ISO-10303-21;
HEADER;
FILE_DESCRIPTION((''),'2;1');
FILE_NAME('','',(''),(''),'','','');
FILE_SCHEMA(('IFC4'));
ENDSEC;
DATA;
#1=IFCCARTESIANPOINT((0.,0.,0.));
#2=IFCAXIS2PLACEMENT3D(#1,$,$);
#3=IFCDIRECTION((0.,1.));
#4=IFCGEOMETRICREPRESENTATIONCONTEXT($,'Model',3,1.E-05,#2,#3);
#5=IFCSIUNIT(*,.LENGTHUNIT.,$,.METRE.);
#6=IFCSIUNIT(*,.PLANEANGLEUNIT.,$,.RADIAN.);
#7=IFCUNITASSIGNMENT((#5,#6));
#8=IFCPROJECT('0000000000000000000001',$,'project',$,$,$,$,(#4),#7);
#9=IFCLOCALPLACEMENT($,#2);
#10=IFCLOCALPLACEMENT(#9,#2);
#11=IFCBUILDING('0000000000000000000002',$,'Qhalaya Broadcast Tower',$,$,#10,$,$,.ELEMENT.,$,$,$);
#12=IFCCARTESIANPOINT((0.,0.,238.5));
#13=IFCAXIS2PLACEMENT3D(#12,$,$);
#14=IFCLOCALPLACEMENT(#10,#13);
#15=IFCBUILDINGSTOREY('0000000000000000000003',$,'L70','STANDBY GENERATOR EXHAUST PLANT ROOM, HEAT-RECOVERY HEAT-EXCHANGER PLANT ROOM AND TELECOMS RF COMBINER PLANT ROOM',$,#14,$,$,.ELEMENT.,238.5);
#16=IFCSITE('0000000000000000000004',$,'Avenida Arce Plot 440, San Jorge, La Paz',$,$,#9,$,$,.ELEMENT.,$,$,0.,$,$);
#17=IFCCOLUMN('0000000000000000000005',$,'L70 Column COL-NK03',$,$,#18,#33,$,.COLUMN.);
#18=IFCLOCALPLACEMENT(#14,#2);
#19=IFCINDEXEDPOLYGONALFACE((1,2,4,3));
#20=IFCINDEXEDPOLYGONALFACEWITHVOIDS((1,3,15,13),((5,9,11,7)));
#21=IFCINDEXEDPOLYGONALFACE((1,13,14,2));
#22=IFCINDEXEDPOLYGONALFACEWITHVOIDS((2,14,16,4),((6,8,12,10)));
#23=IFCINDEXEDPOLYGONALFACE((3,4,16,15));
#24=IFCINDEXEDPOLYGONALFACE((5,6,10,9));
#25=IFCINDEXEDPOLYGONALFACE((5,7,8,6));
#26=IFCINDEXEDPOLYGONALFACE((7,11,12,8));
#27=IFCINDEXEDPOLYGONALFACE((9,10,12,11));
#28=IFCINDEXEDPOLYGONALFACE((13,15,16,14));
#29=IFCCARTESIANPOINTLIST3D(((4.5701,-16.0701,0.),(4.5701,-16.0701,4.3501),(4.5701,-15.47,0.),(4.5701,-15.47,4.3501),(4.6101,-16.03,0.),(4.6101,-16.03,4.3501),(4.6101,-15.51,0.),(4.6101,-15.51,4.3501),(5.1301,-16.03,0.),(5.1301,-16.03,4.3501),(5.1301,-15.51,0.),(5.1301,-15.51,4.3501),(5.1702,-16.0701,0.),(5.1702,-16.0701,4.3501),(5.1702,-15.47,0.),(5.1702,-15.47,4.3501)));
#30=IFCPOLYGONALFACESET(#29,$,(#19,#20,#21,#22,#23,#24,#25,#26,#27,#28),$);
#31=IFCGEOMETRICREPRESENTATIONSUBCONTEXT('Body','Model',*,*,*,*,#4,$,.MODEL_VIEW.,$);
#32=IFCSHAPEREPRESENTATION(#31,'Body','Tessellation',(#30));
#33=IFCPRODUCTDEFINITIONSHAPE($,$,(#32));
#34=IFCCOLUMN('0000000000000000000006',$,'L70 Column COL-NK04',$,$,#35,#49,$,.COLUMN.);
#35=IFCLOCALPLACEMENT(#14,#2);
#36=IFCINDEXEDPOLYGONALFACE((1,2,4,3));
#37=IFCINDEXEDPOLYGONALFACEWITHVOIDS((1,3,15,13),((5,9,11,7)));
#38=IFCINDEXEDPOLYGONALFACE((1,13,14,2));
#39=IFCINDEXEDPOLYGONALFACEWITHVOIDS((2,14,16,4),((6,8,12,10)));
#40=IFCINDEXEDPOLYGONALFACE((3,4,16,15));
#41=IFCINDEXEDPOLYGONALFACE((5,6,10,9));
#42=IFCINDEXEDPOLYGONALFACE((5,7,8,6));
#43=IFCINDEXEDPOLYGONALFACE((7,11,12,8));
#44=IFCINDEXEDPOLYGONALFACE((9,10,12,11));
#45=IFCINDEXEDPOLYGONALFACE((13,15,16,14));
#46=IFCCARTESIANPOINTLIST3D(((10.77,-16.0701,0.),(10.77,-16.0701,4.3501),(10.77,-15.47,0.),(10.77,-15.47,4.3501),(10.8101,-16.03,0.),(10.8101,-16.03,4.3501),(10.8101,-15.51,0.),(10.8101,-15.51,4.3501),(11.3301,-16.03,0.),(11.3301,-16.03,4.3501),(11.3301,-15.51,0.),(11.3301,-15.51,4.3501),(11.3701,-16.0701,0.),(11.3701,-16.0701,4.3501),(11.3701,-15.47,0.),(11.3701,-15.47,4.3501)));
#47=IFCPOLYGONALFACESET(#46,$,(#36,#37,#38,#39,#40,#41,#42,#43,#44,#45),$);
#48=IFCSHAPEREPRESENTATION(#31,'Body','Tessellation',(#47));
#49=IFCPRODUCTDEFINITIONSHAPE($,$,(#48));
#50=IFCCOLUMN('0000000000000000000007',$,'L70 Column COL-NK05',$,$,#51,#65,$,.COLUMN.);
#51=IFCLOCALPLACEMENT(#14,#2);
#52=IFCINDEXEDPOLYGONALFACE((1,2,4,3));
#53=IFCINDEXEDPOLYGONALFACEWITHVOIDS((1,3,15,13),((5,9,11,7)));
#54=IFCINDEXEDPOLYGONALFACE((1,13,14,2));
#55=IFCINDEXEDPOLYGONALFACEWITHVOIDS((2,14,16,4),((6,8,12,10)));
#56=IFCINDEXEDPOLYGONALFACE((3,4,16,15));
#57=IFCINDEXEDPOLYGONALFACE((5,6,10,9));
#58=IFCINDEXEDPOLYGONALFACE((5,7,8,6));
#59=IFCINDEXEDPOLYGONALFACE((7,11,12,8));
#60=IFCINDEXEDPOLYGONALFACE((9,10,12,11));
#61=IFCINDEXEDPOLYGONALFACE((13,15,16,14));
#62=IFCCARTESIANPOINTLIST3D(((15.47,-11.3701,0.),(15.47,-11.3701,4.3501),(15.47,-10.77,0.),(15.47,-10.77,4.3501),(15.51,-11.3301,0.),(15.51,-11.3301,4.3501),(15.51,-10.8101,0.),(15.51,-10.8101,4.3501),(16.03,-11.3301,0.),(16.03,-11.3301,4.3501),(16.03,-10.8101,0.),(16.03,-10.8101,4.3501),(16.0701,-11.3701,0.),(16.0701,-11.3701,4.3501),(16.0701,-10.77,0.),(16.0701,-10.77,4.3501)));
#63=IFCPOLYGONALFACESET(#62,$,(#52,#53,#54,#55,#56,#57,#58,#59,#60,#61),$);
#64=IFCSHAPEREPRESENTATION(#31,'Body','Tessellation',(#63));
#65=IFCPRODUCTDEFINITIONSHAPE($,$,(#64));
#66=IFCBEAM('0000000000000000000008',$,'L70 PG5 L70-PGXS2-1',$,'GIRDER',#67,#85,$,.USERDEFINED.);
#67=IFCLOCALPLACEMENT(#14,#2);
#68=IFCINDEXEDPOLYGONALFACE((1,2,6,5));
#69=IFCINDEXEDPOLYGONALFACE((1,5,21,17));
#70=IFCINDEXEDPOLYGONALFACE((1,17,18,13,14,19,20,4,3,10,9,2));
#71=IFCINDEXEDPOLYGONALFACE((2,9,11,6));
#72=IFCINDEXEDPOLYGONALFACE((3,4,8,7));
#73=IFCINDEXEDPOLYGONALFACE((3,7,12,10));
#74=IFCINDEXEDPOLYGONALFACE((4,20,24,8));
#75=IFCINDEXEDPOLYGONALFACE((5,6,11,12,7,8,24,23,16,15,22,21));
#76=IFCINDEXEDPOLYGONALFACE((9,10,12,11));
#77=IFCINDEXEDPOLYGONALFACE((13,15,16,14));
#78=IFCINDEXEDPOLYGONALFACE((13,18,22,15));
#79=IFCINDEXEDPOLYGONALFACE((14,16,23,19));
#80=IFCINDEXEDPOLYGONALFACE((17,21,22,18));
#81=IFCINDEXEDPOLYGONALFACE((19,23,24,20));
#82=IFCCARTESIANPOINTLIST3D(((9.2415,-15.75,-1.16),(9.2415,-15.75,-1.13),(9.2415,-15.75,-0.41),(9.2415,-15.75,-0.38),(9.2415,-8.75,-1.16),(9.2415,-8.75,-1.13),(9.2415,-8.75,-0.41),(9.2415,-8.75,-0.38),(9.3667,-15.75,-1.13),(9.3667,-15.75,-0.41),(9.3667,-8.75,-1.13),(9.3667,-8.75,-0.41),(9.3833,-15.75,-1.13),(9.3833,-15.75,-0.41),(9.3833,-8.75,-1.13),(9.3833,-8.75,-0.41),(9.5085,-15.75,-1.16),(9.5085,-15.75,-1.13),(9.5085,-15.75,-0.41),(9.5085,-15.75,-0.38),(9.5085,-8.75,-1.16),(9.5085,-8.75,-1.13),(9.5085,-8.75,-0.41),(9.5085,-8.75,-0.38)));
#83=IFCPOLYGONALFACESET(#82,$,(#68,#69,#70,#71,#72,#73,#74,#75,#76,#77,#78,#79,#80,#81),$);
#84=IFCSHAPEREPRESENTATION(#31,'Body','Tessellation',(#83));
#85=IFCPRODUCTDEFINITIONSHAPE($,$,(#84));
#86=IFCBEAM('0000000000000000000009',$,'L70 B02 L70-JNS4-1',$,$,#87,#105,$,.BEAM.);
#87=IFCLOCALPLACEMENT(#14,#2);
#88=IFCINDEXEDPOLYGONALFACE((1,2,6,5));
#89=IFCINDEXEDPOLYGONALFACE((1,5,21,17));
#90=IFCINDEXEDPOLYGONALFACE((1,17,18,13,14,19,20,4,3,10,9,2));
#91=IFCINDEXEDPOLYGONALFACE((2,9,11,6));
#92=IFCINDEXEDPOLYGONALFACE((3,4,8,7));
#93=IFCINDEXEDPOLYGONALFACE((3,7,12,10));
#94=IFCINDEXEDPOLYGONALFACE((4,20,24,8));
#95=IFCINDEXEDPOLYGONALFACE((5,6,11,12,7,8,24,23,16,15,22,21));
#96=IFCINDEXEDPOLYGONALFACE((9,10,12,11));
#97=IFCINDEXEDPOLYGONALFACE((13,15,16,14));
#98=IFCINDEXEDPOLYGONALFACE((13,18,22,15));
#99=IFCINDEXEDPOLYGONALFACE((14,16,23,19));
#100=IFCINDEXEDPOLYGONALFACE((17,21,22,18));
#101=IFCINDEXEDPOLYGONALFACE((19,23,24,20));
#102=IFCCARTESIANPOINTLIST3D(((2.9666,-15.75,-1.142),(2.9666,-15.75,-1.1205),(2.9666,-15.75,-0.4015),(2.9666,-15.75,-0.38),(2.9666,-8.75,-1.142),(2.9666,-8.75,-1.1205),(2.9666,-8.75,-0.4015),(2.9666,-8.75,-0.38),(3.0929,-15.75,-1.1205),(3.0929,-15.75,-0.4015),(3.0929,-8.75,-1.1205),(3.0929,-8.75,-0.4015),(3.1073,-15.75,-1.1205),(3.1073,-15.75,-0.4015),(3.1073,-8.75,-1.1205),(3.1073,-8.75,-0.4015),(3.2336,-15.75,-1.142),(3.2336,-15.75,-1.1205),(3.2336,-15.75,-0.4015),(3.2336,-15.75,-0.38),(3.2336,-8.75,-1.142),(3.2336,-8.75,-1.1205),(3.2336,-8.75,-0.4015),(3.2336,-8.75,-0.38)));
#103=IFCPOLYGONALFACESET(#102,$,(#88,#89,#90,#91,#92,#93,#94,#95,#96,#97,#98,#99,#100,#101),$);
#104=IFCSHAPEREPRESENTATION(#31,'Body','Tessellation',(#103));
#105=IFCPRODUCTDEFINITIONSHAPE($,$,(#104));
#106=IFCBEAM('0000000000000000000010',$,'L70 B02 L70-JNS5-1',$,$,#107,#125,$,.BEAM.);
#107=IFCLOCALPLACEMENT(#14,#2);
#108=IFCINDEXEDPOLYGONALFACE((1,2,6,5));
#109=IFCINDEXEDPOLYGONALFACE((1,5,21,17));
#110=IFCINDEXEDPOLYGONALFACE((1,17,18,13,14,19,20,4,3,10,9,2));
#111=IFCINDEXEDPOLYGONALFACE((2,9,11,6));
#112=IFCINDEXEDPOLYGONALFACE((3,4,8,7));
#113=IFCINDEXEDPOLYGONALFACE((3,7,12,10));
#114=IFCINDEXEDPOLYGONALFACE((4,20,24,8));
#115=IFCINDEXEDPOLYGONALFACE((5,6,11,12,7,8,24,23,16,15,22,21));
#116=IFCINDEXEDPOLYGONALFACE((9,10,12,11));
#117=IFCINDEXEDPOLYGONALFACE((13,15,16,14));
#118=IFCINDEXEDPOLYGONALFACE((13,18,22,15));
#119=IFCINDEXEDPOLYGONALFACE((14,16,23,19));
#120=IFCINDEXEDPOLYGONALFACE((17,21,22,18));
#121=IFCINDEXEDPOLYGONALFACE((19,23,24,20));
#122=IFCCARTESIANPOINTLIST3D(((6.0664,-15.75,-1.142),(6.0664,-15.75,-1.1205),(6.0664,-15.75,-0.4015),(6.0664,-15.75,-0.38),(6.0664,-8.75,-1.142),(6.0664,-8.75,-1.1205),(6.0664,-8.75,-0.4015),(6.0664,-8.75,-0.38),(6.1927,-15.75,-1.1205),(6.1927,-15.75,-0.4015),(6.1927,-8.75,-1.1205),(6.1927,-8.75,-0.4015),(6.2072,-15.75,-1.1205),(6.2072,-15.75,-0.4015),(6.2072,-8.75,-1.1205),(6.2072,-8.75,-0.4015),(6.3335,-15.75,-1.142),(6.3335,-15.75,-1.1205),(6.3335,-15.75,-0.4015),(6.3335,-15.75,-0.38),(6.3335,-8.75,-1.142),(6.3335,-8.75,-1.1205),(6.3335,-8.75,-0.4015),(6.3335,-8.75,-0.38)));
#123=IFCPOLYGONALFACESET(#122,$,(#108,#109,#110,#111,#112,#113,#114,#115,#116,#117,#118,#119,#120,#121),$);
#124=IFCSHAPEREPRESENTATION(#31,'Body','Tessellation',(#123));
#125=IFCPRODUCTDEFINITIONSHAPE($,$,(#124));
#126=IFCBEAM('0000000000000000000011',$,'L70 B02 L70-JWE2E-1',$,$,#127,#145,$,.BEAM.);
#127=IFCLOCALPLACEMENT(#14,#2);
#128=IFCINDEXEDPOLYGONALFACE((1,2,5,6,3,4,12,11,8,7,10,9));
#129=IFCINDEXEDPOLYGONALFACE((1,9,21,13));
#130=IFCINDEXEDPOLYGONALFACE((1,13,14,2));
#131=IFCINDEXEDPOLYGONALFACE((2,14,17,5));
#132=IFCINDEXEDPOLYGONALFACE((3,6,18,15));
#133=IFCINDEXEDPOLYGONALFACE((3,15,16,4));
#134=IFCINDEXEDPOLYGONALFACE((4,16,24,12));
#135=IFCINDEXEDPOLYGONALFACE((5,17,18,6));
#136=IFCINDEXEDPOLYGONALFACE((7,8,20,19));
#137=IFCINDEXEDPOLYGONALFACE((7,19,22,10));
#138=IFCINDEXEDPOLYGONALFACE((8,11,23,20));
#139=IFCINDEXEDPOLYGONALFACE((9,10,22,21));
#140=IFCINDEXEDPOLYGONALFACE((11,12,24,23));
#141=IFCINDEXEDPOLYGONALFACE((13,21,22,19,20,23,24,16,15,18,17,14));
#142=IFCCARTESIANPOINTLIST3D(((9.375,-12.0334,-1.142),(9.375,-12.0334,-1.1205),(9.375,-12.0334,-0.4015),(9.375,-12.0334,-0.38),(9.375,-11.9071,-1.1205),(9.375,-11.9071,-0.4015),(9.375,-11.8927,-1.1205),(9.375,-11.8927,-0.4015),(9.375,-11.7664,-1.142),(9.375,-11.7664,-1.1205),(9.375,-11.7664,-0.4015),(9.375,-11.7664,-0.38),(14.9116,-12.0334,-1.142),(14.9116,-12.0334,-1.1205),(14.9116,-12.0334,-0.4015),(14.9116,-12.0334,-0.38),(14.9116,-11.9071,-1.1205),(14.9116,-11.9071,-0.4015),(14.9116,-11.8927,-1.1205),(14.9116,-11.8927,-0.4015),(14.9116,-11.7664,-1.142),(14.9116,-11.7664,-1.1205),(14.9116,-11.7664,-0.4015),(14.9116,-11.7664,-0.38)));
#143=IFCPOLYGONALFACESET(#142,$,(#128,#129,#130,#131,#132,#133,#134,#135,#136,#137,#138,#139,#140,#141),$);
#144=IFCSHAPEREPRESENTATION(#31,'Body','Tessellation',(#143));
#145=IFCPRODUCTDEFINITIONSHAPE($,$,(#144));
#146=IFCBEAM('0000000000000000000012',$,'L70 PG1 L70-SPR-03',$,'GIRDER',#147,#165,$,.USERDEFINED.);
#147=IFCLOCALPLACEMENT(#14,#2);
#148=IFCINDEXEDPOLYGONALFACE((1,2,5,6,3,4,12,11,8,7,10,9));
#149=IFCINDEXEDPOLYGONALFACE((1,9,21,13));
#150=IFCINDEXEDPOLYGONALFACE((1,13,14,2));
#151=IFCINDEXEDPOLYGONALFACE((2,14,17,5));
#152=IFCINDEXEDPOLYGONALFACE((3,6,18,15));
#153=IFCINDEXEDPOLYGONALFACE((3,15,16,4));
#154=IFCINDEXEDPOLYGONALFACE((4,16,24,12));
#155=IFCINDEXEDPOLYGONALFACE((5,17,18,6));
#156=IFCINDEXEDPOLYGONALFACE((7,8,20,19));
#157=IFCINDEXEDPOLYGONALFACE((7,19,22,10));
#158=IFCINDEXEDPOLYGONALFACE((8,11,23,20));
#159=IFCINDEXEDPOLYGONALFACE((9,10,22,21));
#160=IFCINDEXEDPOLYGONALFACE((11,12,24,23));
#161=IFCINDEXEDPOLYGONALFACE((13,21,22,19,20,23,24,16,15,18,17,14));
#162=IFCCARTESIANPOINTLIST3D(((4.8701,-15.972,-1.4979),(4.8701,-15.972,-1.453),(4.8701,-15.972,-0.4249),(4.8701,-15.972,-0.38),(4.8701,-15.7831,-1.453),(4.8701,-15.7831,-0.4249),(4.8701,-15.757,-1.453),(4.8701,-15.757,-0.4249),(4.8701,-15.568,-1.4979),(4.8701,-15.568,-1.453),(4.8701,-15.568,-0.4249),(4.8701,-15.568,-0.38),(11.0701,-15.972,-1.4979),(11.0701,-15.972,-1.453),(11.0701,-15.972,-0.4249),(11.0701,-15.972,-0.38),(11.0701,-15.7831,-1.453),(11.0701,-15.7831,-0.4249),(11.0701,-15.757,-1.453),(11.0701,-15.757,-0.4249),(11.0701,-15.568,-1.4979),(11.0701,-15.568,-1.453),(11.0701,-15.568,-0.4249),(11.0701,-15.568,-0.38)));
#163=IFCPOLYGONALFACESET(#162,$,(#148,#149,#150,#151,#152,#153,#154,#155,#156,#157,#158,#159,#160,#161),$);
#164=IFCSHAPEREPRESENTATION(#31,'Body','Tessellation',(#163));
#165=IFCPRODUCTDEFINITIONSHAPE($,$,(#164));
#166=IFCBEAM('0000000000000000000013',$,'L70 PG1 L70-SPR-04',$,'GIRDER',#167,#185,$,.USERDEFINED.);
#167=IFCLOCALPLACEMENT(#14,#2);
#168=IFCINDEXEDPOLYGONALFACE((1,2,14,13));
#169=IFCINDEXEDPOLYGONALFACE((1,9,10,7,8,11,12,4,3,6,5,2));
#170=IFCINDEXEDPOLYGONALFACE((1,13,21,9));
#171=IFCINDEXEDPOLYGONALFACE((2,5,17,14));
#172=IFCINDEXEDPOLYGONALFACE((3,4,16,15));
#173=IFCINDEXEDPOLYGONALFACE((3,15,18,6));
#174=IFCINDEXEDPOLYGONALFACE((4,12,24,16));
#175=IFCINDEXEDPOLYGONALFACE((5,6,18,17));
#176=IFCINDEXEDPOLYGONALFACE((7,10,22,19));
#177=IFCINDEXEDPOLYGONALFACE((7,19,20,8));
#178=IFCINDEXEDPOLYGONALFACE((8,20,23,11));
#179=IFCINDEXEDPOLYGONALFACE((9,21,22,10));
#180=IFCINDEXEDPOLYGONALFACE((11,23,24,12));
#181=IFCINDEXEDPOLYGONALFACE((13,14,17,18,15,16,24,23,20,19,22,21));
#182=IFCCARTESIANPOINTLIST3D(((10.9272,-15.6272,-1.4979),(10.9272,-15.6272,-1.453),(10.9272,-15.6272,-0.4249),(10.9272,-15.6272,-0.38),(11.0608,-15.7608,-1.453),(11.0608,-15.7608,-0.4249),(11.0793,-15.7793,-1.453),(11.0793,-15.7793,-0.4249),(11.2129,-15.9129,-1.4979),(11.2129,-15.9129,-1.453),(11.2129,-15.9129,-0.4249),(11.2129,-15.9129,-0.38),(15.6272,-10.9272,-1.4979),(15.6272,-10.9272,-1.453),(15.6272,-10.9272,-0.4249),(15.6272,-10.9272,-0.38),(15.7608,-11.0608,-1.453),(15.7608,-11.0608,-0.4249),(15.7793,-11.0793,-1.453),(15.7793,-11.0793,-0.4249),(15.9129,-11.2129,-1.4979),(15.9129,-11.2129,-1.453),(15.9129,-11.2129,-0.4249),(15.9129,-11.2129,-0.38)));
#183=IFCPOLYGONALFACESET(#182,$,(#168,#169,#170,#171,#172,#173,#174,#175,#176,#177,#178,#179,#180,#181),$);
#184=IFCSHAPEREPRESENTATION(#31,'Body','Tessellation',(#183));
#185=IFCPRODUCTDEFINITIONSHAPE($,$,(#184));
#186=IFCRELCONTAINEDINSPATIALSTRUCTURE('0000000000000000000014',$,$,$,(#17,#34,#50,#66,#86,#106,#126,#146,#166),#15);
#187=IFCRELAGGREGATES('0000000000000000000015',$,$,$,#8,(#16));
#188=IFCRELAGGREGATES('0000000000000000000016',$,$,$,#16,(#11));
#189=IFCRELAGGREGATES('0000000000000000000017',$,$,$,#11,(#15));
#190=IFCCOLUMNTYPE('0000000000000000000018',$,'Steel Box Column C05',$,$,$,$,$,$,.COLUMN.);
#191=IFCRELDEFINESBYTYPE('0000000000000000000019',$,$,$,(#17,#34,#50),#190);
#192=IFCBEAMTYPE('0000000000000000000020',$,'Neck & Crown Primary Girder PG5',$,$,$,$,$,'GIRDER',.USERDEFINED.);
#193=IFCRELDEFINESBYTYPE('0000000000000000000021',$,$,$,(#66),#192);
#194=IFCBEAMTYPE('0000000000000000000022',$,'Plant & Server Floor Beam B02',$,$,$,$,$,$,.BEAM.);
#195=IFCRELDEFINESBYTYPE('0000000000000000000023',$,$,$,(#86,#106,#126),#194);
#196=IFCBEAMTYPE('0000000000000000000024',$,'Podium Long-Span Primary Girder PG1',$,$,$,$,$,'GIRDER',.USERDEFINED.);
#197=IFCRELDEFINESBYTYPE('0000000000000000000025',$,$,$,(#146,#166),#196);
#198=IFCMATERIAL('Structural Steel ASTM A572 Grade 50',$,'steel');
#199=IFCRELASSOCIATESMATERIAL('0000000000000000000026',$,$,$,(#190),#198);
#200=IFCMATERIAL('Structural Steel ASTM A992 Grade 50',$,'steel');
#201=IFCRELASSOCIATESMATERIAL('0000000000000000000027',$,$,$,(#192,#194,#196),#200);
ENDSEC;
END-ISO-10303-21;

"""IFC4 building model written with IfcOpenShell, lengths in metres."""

from ifc_helpers import new_model, si_unit, direction, frame, origin, origin_2d, place, context, subcontext, project, spatial, hollow_rectangle, i_section, extrude, material, material_profile, profile_set, type_object, element, save


model = new_model("IFC4")

# Units and contexts
model_context = context("Model", 3, precision=1e-05, world=origin(), true_north=direction((0.0, 1.0)))
body_context = subcontext(model_context, "Body", "Model", "MODEL_VIEW")
ifc_project = project(units=[si_unit("LENGTHUNIT", "METRE"), si_unit("PLANEANGLEUNIT", "RADIAN")], contexts=[model_context])

# Site, building, storey
site_placement = place(None, origin())
site = spatial("IfcSite", under=ifc_project, at=site_placement, Name="Avenida Arce Plot 440, San Jorge, La Paz", CompositionType="ELEMENT", RefElevation=0.0)
building_placement = place(site_placement, origin())
building = spatial("IfcBuilding", under=site, at=building_placement, Name="Qhalaya Broadcast Tower", CompositionType="ELEMENT")
storey_placement = place(building_placement, frame((0.0, 0.0, 238.5)))
storey = spatial("IfcBuildingStorey", under=building, at=storey_placement, Name="L70", Description="STANDBY GENERATOR EXHAUST PLANT ROOM, HEAT-RECOVERY HEAT-EXCHANGER PLANT ROOM AND TELECOMS RF COMBINER PLANT ROOM", CompositionType="ELEMENT", Elevation=238.5)

# Columns
ifc_material_1 = material(Name="Structural Steel ASTM A572 Grade 50", Category="steel")
ifc_material_profile_1 = material_profile(ifc_material_1, hollow_rectangle(XDim=0.6001, YDim=0.6001, WallThickness=0.04, at=origin_2d()), Name="BOX 600x600x40")
ifc_profile_set_1 = profile_set([ifc_material_profile_1], Name="Structural Steel ASTM A572 Grade 50")
column_type = type_object("IfcColumnType", Name="Steel Box Column C05", PredefinedType="COLUMN", material=ifc_profile_set_1)
for number, where, z_axis, x_axis, name in (
    (1, (4.8701, -15.77, 0.0), (0.0, 0.0, 1.0), (1.0, 0.0, 0.0), "L70 Column COL-NK03"),
    (2, (11.0701, -15.77, 0.0), (0.0, 0.0, 1.0), (1.0, 0.0, 0.0), "L70 Column COL-NK04"),
    (3, (15.77, -11.0701, 0.0), (0.0, 0.0, 1.0), (0.0, 1.0, 0.0), "L70 Column COL-NK05"),
):
    element("IfcColumn", number, at=place(storey_placement, frame(where, z_axis=z_axis, x_axis=x_axis)), inside=storey, type_object=column_type, Name=name, PredefinedType="COLUMN", context=body_context, shape_type="SweptSolid", body=[
        extrude(hollow_rectangle(XDim=0.6001, YDim=0.6001, WallThickness=0.04, at=origin_2d()), origin(), (0.0, 0.0, 1.0), 4.3501),
    ])

# Beams
ifc_material_2 = material(Name="Structural Steel ASTM A992 Grade 50", Category="steel")
ifc_material_profile_2 = material_profile(ifc_material_2, i_section(OverallWidth=0.2671, OverallDepth=0.78, WebThickness=0.0166, FlangeThickness=0.03, at=origin_2d()), Name="W30X148")
ifc_profile_set_2 = profile_set([ifc_material_profile_2], Name="Structural Steel ASTM A992 Grade 50")
beam_type_1 = type_object("IfcBeamType", Name="Neck & Crown Primary Girder PG5", ElementType="GIRDER", PredefinedType="USERDEFINED", material=ifc_profile_set_2)
beam_1_placement = place(storey_placement, frame((9.375, -15.75, -0.77), z_axis=(0.0, 1.0, 0.0), x_axis=(-1.0, 0.0, 0.0)))
element("IfcBeam", 4, at=beam_1_placement, inside=storey, type_object=beam_type_1, Name="L70 PG5 L70-PGXS2-1", ObjectType="GIRDER", PredefinedType="USERDEFINED", context=body_context, shape_type="SweptSolid", body=[
    extrude(i_section(OverallWidth=0.2671, OverallDepth=0.78, WebThickness=0.0166, FlangeThickness=0.03, at=origin_2d()), origin(), (0.0, 0.0, 1.0), 7.0),
])
ifc_material_profile_3 = material_profile(ifc_material_2, i_section(OverallWidth=0.2671, OverallDepth=0.762, WebThickness=0.0144, FlangeThickness=0.0215, at=origin_2d()), Name="W30X116")
ifc_profile_set_3 = profile_set([ifc_material_profile_3], Name="Structural Steel ASTM A992 Grade 50")
beam_type_2 = type_object("IfcBeamType", Name="Plant & Server Floor Beam B02", PredefinedType="BEAM", material=ifc_profile_set_3)
for number, where, z_axis, x_axis, name in (
    (5, (3.1001, -15.75, -0.761), (0.0, 1.0, 0.0), (-1.0, 0.0, 0.0), "L70 B02 L70-JNS4-1"),
    (6, (6.2, -15.75, -0.761), (0.0, 1.0, 0.0), (-1.0, 0.0, 0.0), "L70 B02 L70-JNS5-1"),
):
    element("IfcBeam", number, at=place(storey_placement, frame(where, z_axis=z_axis, x_axis=x_axis)), inside=storey, type_object=beam_type_2, Name=name, PredefinedType="BEAM", context=body_context, shape_type="SweptSolid", body=[
        extrude(i_section(OverallWidth=0.2671, OverallDepth=0.762, WebThickness=0.0144, FlangeThickness=0.0215, at=origin_2d()), origin(), (0.0, 0.0, 1.0), 7.0),
    ])
beam_2_placement = place(storey_placement, frame((9.375, -11.8999, -0.761), z_axis=(1.0, 0.0, 0.0), x_axis=(0.0, 1.0, 0.0)))
element("IfcBeam", 7, at=beam_2_placement, inside=storey, type_object=beam_type_2, Name="L70 B02 L70-JWE2E-1", PredefinedType="BEAM", context=body_context, shape_type="SweptSolid", body=[
    extrude(i_section(OverallWidth=0.2671, OverallDepth=0.762, WebThickness=0.0144, FlangeThickness=0.0215, at=origin_2d()), origin(), (0.0, 0.0, 1.0), 5.5366),
])
ifc_material_profile_4 = material_profile(ifc_material_2, i_section(OverallWidth=0.4041, OverallDepth=1.1179, WebThickness=0.0261, FlangeThickness=0.0449, at=origin_2d()), Name="W44X335")
ifc_profile_set_4 = profile_set([ifc_material_profile_4], Name="Structural Steel ASTM A992 Grade 50")
beam_type_3 = type_object("IfcBeamType", Name="Podium Long-Span Primary Girder PG1", ElementType="GIRDER", PredefinedType="USERDEFINED", material=ifc_profile_set_4)
beam_3_placement = place(storey_placement, frame((4.8701, -15.77, -0.939), z_axis=(1.0, 0.0, 0.0), x_axis=(0.0, 1.0, 0.0)))
element("IfcBeam", 8, at=beam_3_placement, inside=storey, type_object=beam_type_3, Name="L70 PG1 L70-SPR-03", ObjectType="GIRDER", PredefinedType="USERDEFINED", context=body_context, shape_type="SweptSolid", body=[
    extrude(i_section(OverallWidth=0.4041, OverallDepth=1.1179, WebThickness=0.0261, FlangeThickness=0.0449, at=origin_2d()), origin(), (0.0, 0.0, 1.0), 6.2),
])
beam_4_placement = place(storey_placement, frame((11.0701, -15.77, -0.939), z_axis=(0.707107, 0.707107, 0.0), x_axis=(-0.707107, 0.707107, 0.0)))
element("IfcBeam", 9, at=beam_4_placement, inside=storey, type_object=beam_type_3, Name="L70 PG1 L70-SPR-04", ObjectType="GIRDER", PredefinedType="USERDEFINED", context=body_context, shape_type="SweptSolid", body=[
    extrude(i_section(OverallWidth=0.4041, OverallDepth=1.1179, WebThickness=0.0261, FlangeThickness=0.0449, at=origin_2d()), origin(), (0.0, 0.0, 1.0), 6.6467),
])

save(model, "model.ifc")
